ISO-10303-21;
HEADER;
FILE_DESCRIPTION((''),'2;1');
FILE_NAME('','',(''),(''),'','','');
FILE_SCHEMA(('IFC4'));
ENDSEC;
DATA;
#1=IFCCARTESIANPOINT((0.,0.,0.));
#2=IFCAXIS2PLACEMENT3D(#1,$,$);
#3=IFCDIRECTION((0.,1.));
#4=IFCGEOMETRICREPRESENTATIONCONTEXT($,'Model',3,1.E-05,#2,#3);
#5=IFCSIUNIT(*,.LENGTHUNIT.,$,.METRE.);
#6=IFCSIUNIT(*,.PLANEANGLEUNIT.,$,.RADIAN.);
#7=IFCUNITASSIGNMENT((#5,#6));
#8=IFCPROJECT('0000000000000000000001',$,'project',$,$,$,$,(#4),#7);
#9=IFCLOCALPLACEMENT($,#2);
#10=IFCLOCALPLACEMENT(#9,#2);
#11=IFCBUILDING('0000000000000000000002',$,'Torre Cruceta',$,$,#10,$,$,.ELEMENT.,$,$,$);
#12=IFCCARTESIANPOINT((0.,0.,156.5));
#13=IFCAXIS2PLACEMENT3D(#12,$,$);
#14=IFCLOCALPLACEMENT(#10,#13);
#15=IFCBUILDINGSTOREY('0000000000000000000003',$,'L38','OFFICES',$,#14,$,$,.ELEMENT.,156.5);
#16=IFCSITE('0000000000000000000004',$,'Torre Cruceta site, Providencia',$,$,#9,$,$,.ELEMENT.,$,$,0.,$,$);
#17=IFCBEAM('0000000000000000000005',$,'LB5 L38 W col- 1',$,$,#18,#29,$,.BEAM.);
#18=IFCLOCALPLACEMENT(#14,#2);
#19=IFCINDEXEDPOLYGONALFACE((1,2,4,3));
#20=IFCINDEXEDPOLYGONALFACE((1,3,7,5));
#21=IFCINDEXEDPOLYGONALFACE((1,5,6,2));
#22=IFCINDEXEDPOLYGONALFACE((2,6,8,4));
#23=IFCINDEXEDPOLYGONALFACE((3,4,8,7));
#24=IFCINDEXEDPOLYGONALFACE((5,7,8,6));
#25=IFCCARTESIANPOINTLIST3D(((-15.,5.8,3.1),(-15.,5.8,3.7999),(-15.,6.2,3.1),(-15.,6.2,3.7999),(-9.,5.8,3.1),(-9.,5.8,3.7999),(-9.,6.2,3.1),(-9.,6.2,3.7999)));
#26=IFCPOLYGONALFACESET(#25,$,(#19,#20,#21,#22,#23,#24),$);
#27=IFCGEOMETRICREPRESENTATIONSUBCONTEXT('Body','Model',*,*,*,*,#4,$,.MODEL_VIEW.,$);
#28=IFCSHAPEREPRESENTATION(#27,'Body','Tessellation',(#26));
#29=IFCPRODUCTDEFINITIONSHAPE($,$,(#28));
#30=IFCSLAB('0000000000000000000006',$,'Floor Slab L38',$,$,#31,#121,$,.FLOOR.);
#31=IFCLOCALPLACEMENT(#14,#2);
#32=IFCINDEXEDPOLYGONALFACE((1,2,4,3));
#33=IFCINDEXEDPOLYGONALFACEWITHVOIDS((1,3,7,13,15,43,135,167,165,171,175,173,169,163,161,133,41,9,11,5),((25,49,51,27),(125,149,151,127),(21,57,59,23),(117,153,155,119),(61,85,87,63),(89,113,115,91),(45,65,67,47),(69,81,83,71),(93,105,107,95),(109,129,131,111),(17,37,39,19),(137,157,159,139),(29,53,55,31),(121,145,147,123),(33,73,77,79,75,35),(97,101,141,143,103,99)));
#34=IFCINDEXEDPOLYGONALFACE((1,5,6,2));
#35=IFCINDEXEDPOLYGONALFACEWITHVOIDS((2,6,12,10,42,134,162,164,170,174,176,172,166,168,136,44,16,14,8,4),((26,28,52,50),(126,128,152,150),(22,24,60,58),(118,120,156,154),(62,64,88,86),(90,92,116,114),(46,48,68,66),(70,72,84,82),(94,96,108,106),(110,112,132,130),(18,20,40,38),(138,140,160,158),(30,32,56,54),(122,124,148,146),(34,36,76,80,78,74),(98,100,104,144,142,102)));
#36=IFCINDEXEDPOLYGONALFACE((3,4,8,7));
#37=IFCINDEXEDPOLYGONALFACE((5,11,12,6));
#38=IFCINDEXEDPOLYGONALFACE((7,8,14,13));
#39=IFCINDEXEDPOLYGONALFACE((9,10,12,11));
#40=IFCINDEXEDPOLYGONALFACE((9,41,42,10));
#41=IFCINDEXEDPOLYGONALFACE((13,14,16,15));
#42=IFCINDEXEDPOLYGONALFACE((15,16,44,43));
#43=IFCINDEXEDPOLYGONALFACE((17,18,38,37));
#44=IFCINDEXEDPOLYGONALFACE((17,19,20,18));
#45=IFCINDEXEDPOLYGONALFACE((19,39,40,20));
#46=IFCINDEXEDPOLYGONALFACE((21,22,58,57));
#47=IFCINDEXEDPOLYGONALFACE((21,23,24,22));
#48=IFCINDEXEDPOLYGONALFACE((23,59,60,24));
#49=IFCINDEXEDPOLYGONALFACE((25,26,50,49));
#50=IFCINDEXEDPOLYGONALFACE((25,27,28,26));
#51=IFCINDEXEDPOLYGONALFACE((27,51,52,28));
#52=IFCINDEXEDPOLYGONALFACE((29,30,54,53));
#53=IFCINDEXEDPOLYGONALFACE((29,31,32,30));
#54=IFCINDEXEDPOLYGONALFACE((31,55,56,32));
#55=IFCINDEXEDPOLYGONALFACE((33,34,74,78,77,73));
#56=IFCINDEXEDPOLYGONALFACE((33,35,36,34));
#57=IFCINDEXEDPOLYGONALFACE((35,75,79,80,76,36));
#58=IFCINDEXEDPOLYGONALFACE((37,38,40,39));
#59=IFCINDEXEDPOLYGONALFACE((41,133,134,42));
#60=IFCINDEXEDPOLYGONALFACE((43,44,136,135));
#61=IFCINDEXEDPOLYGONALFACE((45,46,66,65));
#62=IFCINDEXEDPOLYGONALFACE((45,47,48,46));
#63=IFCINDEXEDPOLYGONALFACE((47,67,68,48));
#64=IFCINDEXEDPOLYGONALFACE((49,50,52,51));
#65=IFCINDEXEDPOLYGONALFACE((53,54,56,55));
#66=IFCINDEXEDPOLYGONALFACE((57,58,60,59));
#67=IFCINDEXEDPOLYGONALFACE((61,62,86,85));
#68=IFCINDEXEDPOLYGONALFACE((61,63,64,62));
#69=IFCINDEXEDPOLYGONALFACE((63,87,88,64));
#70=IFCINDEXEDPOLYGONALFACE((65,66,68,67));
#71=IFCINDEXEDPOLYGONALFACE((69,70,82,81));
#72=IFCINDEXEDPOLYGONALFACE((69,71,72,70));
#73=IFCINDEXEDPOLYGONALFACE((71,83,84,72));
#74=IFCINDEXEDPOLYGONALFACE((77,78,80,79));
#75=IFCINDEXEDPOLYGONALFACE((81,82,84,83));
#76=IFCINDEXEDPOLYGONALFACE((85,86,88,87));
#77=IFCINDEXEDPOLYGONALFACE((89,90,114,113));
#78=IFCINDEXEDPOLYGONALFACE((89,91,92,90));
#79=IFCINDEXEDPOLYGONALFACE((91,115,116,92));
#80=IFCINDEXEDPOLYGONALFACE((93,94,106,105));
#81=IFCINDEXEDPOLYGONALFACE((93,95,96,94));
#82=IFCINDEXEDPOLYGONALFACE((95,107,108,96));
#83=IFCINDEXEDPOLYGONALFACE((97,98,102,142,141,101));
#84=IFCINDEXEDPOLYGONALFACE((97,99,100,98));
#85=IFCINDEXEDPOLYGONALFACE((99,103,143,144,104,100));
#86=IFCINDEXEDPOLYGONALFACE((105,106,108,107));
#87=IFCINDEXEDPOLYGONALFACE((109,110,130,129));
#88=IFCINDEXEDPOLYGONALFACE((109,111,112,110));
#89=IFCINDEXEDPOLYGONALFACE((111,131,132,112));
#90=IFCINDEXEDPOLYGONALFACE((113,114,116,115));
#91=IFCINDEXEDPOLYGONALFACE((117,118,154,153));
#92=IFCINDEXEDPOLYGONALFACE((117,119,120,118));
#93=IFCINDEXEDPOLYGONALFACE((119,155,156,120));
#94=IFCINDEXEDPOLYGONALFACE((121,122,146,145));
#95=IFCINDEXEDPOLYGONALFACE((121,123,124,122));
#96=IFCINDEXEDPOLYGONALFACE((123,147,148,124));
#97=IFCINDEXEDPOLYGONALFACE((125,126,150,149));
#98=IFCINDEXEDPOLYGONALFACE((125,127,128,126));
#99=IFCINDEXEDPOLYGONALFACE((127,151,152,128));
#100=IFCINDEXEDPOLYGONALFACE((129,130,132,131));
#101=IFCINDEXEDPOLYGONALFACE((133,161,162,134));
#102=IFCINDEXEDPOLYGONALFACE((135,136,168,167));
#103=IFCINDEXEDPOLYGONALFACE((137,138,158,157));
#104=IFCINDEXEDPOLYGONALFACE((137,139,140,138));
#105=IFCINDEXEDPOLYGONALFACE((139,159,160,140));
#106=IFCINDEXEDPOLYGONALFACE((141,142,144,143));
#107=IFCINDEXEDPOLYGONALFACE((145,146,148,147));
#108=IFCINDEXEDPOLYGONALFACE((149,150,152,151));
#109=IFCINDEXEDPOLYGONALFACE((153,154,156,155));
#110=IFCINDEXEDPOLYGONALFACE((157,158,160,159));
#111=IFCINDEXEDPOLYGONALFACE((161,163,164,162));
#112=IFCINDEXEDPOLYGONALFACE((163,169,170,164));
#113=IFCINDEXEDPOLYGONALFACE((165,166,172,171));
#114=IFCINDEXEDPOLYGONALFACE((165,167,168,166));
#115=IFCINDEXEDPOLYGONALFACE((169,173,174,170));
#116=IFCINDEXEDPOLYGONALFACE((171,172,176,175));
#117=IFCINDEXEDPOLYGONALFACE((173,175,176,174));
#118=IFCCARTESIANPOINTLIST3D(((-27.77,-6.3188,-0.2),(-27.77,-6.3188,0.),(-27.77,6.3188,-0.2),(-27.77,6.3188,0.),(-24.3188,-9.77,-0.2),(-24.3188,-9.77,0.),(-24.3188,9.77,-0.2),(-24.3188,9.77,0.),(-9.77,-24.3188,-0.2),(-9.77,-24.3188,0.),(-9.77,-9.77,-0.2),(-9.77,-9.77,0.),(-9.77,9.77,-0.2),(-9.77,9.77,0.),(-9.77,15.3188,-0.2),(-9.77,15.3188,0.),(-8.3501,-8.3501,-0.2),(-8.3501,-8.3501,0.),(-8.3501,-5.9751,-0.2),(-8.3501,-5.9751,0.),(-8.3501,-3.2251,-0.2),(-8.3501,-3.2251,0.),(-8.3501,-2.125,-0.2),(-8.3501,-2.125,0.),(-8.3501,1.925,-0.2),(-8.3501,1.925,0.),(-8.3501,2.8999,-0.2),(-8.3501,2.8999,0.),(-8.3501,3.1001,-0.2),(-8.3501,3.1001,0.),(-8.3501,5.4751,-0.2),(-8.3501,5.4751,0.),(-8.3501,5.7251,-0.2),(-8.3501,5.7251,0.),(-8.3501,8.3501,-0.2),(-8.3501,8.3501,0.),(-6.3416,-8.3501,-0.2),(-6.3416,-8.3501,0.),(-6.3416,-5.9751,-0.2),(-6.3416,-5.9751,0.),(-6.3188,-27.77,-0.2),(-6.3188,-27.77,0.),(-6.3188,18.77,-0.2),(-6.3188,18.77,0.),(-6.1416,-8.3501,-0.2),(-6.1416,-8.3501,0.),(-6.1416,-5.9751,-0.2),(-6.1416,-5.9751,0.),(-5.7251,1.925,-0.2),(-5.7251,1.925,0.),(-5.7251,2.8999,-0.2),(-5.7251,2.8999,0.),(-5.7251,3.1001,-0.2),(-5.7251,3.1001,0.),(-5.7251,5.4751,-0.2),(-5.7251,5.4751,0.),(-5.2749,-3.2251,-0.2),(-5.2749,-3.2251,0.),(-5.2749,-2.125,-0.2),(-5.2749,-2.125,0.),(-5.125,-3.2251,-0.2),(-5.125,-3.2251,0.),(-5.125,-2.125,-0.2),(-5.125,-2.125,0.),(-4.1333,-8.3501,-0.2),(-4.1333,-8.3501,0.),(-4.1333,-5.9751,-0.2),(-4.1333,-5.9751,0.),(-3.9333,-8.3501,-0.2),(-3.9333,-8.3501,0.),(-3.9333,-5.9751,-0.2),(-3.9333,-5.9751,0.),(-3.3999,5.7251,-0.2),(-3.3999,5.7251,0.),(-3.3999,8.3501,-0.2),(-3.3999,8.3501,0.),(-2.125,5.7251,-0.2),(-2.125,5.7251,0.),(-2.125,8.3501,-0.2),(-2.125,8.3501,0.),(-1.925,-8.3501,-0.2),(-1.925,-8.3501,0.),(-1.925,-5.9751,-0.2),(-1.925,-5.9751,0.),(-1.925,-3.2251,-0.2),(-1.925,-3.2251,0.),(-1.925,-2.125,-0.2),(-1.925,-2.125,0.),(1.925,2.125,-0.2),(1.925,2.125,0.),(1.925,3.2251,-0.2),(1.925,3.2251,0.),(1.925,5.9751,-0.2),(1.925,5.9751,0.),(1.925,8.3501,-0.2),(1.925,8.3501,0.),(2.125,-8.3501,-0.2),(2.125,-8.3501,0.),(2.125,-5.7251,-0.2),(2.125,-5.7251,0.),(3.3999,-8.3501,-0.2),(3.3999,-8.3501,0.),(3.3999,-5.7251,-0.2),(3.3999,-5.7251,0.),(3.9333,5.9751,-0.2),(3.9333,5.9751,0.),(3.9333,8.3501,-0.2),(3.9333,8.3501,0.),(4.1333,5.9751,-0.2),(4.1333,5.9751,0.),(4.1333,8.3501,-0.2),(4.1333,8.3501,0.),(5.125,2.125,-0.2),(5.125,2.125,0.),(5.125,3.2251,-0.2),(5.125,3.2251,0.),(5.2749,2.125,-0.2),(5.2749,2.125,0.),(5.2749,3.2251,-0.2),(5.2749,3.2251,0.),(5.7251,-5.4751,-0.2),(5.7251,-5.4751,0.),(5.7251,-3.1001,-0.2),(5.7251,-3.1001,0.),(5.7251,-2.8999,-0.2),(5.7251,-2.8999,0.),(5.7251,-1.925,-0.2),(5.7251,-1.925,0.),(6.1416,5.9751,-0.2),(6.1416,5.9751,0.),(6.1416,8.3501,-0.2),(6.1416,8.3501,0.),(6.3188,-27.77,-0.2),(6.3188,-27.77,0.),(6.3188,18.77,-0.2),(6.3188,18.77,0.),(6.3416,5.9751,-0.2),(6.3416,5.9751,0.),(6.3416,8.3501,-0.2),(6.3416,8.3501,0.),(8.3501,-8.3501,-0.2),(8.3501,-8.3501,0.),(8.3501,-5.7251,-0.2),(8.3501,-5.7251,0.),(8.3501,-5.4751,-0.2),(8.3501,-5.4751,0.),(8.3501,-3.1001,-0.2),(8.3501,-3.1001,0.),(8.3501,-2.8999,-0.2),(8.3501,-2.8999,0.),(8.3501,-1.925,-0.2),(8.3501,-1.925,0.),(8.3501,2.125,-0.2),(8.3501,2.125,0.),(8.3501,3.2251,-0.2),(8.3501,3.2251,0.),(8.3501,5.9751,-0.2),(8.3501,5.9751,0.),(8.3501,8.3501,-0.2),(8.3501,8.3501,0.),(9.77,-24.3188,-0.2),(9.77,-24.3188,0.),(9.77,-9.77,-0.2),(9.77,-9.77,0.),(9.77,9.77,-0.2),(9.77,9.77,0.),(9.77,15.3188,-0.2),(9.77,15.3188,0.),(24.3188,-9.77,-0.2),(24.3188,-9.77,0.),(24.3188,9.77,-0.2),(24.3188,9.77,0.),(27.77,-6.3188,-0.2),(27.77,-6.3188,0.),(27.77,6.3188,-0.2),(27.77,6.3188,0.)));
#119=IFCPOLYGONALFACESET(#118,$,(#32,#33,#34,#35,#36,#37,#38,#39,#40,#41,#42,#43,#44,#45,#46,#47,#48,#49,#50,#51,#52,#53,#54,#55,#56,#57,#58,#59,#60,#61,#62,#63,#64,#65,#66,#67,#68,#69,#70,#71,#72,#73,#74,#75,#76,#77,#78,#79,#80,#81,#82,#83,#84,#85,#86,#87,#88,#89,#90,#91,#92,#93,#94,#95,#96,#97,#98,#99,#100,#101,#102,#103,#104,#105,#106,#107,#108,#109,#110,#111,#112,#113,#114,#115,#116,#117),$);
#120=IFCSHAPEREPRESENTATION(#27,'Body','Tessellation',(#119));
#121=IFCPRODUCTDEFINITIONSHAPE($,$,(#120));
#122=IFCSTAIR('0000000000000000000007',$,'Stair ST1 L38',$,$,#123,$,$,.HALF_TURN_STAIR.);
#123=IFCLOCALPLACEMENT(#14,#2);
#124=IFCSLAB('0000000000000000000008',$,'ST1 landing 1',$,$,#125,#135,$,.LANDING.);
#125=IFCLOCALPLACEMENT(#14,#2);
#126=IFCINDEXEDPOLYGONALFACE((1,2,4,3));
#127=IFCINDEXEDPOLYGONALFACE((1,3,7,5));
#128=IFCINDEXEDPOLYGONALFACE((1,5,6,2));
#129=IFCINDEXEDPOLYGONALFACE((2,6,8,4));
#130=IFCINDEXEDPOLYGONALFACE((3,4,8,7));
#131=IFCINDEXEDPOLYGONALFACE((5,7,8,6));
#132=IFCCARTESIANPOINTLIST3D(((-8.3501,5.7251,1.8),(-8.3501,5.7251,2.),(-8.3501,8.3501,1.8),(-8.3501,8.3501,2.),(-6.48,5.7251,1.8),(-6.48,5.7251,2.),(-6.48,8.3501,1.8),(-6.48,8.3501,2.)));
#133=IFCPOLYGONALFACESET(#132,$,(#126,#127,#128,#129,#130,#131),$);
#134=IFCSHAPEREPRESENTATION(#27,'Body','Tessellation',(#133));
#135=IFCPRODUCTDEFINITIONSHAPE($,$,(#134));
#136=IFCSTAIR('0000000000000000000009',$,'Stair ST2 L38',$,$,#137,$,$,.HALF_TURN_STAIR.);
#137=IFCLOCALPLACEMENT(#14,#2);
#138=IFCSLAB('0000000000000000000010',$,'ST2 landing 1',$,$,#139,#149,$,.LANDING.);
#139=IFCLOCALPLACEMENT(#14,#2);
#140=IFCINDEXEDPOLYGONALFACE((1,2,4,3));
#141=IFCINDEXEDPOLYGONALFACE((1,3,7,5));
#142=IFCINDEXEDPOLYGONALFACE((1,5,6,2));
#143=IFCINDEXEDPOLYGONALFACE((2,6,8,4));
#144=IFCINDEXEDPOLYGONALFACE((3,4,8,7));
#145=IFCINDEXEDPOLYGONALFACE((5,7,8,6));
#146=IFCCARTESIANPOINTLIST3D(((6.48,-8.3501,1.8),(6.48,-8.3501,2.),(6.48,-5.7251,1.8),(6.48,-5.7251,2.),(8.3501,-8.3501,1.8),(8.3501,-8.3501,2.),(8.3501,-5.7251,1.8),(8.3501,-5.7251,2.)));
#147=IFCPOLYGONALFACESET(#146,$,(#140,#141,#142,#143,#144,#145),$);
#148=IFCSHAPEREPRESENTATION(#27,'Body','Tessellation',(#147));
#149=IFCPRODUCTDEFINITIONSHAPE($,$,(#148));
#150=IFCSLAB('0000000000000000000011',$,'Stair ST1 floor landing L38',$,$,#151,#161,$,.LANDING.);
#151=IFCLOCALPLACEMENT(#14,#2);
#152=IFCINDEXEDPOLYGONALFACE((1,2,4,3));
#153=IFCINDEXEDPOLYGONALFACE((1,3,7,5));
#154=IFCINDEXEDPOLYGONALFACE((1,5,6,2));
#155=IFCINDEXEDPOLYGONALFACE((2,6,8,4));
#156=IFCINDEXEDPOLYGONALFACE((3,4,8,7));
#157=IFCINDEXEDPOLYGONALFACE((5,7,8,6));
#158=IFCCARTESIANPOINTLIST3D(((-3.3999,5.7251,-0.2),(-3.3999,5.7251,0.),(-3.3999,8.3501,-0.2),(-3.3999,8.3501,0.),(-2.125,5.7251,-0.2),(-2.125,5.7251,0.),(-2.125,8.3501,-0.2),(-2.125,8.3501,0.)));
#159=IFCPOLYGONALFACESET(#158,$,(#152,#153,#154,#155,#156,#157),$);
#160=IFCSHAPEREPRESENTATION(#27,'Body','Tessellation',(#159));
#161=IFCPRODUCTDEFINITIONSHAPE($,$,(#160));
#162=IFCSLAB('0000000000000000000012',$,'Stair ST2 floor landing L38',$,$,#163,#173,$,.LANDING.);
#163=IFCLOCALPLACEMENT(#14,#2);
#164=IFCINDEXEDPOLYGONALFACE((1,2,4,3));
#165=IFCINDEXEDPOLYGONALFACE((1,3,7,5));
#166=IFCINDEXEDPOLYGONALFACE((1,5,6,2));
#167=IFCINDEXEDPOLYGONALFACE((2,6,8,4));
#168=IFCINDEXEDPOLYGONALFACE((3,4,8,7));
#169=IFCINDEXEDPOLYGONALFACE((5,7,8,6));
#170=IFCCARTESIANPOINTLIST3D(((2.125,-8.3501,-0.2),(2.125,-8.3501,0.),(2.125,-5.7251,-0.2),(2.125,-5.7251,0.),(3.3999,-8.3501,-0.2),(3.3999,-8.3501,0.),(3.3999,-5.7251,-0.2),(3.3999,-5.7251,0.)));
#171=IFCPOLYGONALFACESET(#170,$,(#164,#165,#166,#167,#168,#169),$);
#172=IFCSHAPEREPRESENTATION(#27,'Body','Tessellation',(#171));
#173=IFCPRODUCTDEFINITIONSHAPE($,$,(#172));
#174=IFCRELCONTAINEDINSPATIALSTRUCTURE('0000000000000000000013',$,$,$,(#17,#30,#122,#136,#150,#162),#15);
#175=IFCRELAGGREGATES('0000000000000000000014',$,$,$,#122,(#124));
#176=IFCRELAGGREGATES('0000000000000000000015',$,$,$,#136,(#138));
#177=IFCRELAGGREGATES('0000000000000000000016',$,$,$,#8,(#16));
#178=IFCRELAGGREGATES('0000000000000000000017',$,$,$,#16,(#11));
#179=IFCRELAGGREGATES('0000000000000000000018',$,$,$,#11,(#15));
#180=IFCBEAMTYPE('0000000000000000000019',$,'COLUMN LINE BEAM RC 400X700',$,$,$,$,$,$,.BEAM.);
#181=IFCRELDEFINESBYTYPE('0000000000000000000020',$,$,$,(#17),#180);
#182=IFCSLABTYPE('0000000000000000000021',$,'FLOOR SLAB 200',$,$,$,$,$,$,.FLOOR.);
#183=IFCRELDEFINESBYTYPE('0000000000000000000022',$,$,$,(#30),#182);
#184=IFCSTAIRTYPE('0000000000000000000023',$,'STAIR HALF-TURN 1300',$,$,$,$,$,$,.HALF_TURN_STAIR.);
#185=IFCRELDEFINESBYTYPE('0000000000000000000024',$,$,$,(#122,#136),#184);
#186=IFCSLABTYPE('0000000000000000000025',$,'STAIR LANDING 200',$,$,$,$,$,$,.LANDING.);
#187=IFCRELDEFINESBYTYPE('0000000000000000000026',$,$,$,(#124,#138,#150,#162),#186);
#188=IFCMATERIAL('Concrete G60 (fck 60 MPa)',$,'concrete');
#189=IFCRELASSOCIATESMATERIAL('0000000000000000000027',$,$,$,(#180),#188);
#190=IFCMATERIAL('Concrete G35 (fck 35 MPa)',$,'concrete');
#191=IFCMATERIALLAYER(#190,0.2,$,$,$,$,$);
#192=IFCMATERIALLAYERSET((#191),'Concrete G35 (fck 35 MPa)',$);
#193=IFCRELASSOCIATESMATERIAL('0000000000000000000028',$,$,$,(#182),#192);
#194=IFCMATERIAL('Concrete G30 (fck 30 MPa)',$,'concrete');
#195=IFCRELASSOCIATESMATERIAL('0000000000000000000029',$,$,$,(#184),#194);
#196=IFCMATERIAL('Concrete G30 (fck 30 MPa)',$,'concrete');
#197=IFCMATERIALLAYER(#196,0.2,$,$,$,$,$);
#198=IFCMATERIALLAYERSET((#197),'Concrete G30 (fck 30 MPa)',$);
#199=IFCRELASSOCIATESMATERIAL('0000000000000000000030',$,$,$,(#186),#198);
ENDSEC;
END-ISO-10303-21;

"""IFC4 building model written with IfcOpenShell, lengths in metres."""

from ifc_helpers import new_model, si_unit, direction, frame, origin, origin_2d, place, context, subcontext, project, spatial, polyline, rectangle, outline, extrude, material, layer, layer_set, material_profile, profile_set, type_object, element, aggregate, save


model = new_model("IFC4")

# Units and contexts
model_context = context("Model", 3, precision=1e-05, world=origin(), true_north=direction((0.0, 1.0)))
body_context = subcontext(model_context, "Body", "Model", "MODEL_VIEW")
ifc_project = project(units=[si_unit("LENGTHUNIT", "METRE"), si_unit("PLANEANGLEUNIT", "RADIAN")], contexts=[model_context])

# Site, building, storey
site_placement = place(None, origin())
site = spatial("IfcSite", under=ifc_project, at=site_placement, Name="Torre Cruceta site, Providencia", CompositionType="ELEMENT", RefElevation=0.0)
building_placement = place(site_placement, origin())
building = spatial("IfcBuilding", under=site, at=building_placement, Name="Torre Cruceta", CompositionType="ELEMENT")
storey_placement = place(building_placement, frame((0.0, 0.0, 156.5)))
storey = spatial("IfcBuildingStorey", under=building, at=storey_placement, Name="L38", Description="OFFICES", CompositionType="ELEMENT", Elevation=156.5)

# Beam
ifc_material_1 = material(Name="Concrete G60 (fck 60 MPa)", Category="concrete")
ifc_material_profile = material_profile(ifc_material_1, rectangle(XDim=0.3999, YDim=0.7, at=origin_2d()), Name="RC 400X700")
ifc_profile_set = profile_set([ifc_material_profile], Name="Concrete G60 (fck 60 MPa)")
beam_type = type_object("IfcBeamType", Name="COLUMN LINE BEAM RC 400X700", PredefinedType="BEAM", material=ifc_profile_set)
beam_placement = place(storey_placement, frame((-9.0, 6.0, 3.45), z_axis=(-1.0, 0.0, 0.0), x_axis=(0.0, -1.0, 0.0)))
element("IfcBeam", 1, at=beam_placement, inside=storey, type_object=beam_type, Name="LB5 L38 W col- 1", PredefinedType="BEAM", context=body_context, shape_type="SweptSolid", body=[
    extrude(rectangle(XDim=0.3999, YDim=0.7, at=origin_2d()), origin(), (0.0, 0.0, 1.0), 6.0),
])

# Slab
ifc_material_2 = material(Name="Concrete G35 (fck 35 MPa)", Category="concrete")
ifc_layer_1 = layer(ifc_material_2, 0.2)
ifc_layer_set_1 = layer_set([ifc_layer_1], Name="Concrete G35 (fck 35 MPa)")
slab_type_1 = type_object("IfcSlabType", Name="FLOOR SLAB 200", PredefinedType="FLOOR", material=ifc_layer_set_1)
slab_1_placement = place(storey_placement, frame((0.0, 0.0, -0.2)))
element("IfcSlab", 2, at=slab_1_placement, inside=storey, type_object=slab_type_1, Name="Floor Slab L38", PredefinedType="FLOOR", context=body_context, shape_type="SweptSolid", body=[
    extrude(outline(polyline([(9.77, -9.77), (9.77, -24.3188), (6.3188, -27.77), (-6.3188, -27.77), (-9.77, -24.3188), (-9.77, -9.77), (-24.3188, -9.77), (-27.77, -6.3188), (-27.77, 6.3188), (-24.3188, 9.77), (-9.77, 9.77), (-9.77, 15.3188), (-6.3188, 18.77), (6.3188, 18.77), (9.77, 15.3188), (9.77, 9.77), (24.3188, 9.77), (27.77, 6.3188), (27.77, -6.3188), (24.3188, -9.77), (9.77, -9.77)]), holes=[polyline([(1.925, 5.9751), (3.9333, 5.9751), (3.9333, 8.3501), (1.925, 8.3501), (1.925, 5.9751)]), polyline([(4.1333, 5.9751), (6.1416, 5.9751), (6.1416, 8.3501), (4.1333, 8.3501), (4.1333, 5.9751)]), polyline([(6.3416, 5.9751), (8.3501, 5.9751), (8.3501, 8.3501), (6.3416, 8.3501), (6.3416, 5.9751)]), polyline([(1.925, 2.125), (5.125, 2.125), (5.125, 3.2251), (1.925, 3.2251), (1.925, 2.125)]), polyline([(5.2749, 2.125), (8.3501, 2.125), (8.3501, 3.2251), (5.2749, 3.2251), (5.2749, 2.125)]), polyline([(-8.3501, 3.1001), (-5.7251, 3.1001), (-5.7251, 5.4751), (-8.3501, 5.4751), (-8.3501, 3.1001)]), polyline([(-8.3501, 1.925), (-5.7251, 1.925), (-5.7251, 2.8999), (-8.3501, 2.8999), (-8.3501, 1.925)]), polyline([(-3.9333, -8.3501), (-1.925, -8.3501), (-1.925, -5.9751), (-3.9333, -5.9751), (-3.9333, -8.3501)]), polyline([(-6.1416, -8.3501), (-4.1333, -8.3501), (-4.1333, -5.9751), (-6.1416, -5.9751), (-6.1416, -8.3501)]), polyline([(-8.3501, -8.3501), (-6.3416, -8.3501), (-6.3416, -5.9751), (-8.3501, -5.9751), (-8.3501, -8.3501)]), polyline([(-5.125, -3.2251), (-1.925, -3.2251), (-1.925, -2.125), (-5.125, -2.125), (-5.125, -3.2251)]), polyline([(-8.3501, -3.2251), (-5.2749, -3.2251), (-5.2749, -2.125), (-8.3501, -2.125), (-8.3501, -3.2251)]), polyline([(5.7251, -5.4751), (8.3501, -5.4751), (8.3501, -3.1001), (5.7251, -3.1001), (5.7251, -5.4751)]), polyline([(5.7251, -2.8999), (8.3501, -2.8999), (8.3501, -1.925), (5.7251, -1.925), (5.7251, -2.8999)]), polyline([(-8.3501, 5.7251), (-8.3501, 8.3501), (-3.3999, 8.3501), (-2.125, 8.3501), (-2.125, 5.7251), (-3.3999, 5.7251), (-8.3501, 5.7251)]), polyline([(2.125, -5.7251), (3.3999, -5.7251), (8.3501, -5.7251), (8.3501, -8.3501), (3.3999, -8.3501), (2.125, -8.3501), (2.125, -5.7251)])]), origin(), (0.0, 0.0, 1.0), 0.2),
])

# Stairs, slabs
ifc_material_3 = material(Name="Concrete G30 (fck 30 MPa)", Category="concrete")
stair_type = type_object("IfcStairType", Name="STAIR HALF-TURN 1300", PredefinedType="HALF_TURN_STAIR", material=ifc_material_3)
stair_1_placement = place(storey_placement, origin())
stair_1 = element("IfcStair", 3, at=stair_1_placement, inside=storey, type_object=stair_type, Name="Stair ST1 L38", PredefinedType="HALF_TURN_STAIR")
ifc_material_4 = material(Name="Concrete G30 (fck 30 MPa)", Category="concrete")
ifc_layer_2 = layer(ifc_material_4, 0.2)
ifc_layer_set_2 = layer_set([ifc_layer_2], Name="Concrete G30 (fck 30 MPa)")
slab_type_2 = type_object("IfcSlabType", Name="STAIR LANDING 200", PredefinedType="LANDING", material=ifc_layer_set_2)
slab_2_placement = place(storey_placement, frame((0.0, 0.0, 1.8)))
slab_2 = element("IfcSlab", 4, at=slab_2_placement, type_object=slab_type_2, Name="ST1 landing 1", PredefinedType="LANDING", context=body_context, shape_type="SweptSolid", body=[
    extrude(outline(polyline([(-8.3501, 5.7251), (-6.48, 5.7251), (-6.48, 8.3501), (-8.3501, 8.3501), (-8.3501, 5.7251)])), origin(), (0.0, 0.0, 1.0), 0.2),
])
aggregate(stair_1, [slab_2])
stair_2_placement = place(storey_placement, origin())
stair_2 = element("IfcStair", 5, at=stair_2_placement, inside=storey, type_object=stair_type, Name="Stair ST2 L38", PredefinedType="HALF_TURN_STAIR")
slab_3_placement = place(storey_placement, frame((0.0, 0.0, 1.8)))
slab_3 = element("IfcSlab", 6, at=slab_3_placement, type_object=slab_type_2, Name="ST2 landing 1", PredefinedType="LANDING", context=body_context, shape_type="SweptSolid", body=[
    extrude(outline(polyline([(6.48, -8.3501), (8.3501, -8.3501), (8.3501, -5.7251), (6.48, -5.7251), (6.48, -8.3501)])), origin(), (0.0, 0.0, 1.0), 0.2),
])
aggregate(stair_2, [slab_3])

# Slabs
slab_4_placement = place(storey_placement, frame((0.0, 0.0, -0.2)))
element("IfcSlab", 7, at=slab_4_placement, inside=storey, type_object=slab_type_2, Name="Stair ST1 floor landing L38", PredefinedType="LANDING", context=body_context, shape_type="SweptSolid", body=[
    extrude(outline(polyline([(-2.125, 8.3501), (-2.125, 5.7251), (-3.3999, 5.7251), (-3.3999, 8.3501), (-2.125, 8.3501)])), origin(), (0.0, 0.0, 1.0), 0.2),
])
slab_5_placement = place(storey_placement, frame((0.0, 0.0, -0.2)))
element("IfcSlab", 8, at=slab_5_placement, inside=storey, type_object=slab_type_2, Name="Stair ST2 floor landing L38", PredefinedType="LANDING", context=body_context, shape_type="SweptSolid", body=[
    extrude(outline(polyline([(2.125, -8.3501), (2.125, -5.7251), (3.3999, -5.7251), (3.3999, -8.3501), (2.125, -8.3501)])), origin(), (0.0, 0.0, 1.0), 0.2),
])

save(model, "model.ifc")
